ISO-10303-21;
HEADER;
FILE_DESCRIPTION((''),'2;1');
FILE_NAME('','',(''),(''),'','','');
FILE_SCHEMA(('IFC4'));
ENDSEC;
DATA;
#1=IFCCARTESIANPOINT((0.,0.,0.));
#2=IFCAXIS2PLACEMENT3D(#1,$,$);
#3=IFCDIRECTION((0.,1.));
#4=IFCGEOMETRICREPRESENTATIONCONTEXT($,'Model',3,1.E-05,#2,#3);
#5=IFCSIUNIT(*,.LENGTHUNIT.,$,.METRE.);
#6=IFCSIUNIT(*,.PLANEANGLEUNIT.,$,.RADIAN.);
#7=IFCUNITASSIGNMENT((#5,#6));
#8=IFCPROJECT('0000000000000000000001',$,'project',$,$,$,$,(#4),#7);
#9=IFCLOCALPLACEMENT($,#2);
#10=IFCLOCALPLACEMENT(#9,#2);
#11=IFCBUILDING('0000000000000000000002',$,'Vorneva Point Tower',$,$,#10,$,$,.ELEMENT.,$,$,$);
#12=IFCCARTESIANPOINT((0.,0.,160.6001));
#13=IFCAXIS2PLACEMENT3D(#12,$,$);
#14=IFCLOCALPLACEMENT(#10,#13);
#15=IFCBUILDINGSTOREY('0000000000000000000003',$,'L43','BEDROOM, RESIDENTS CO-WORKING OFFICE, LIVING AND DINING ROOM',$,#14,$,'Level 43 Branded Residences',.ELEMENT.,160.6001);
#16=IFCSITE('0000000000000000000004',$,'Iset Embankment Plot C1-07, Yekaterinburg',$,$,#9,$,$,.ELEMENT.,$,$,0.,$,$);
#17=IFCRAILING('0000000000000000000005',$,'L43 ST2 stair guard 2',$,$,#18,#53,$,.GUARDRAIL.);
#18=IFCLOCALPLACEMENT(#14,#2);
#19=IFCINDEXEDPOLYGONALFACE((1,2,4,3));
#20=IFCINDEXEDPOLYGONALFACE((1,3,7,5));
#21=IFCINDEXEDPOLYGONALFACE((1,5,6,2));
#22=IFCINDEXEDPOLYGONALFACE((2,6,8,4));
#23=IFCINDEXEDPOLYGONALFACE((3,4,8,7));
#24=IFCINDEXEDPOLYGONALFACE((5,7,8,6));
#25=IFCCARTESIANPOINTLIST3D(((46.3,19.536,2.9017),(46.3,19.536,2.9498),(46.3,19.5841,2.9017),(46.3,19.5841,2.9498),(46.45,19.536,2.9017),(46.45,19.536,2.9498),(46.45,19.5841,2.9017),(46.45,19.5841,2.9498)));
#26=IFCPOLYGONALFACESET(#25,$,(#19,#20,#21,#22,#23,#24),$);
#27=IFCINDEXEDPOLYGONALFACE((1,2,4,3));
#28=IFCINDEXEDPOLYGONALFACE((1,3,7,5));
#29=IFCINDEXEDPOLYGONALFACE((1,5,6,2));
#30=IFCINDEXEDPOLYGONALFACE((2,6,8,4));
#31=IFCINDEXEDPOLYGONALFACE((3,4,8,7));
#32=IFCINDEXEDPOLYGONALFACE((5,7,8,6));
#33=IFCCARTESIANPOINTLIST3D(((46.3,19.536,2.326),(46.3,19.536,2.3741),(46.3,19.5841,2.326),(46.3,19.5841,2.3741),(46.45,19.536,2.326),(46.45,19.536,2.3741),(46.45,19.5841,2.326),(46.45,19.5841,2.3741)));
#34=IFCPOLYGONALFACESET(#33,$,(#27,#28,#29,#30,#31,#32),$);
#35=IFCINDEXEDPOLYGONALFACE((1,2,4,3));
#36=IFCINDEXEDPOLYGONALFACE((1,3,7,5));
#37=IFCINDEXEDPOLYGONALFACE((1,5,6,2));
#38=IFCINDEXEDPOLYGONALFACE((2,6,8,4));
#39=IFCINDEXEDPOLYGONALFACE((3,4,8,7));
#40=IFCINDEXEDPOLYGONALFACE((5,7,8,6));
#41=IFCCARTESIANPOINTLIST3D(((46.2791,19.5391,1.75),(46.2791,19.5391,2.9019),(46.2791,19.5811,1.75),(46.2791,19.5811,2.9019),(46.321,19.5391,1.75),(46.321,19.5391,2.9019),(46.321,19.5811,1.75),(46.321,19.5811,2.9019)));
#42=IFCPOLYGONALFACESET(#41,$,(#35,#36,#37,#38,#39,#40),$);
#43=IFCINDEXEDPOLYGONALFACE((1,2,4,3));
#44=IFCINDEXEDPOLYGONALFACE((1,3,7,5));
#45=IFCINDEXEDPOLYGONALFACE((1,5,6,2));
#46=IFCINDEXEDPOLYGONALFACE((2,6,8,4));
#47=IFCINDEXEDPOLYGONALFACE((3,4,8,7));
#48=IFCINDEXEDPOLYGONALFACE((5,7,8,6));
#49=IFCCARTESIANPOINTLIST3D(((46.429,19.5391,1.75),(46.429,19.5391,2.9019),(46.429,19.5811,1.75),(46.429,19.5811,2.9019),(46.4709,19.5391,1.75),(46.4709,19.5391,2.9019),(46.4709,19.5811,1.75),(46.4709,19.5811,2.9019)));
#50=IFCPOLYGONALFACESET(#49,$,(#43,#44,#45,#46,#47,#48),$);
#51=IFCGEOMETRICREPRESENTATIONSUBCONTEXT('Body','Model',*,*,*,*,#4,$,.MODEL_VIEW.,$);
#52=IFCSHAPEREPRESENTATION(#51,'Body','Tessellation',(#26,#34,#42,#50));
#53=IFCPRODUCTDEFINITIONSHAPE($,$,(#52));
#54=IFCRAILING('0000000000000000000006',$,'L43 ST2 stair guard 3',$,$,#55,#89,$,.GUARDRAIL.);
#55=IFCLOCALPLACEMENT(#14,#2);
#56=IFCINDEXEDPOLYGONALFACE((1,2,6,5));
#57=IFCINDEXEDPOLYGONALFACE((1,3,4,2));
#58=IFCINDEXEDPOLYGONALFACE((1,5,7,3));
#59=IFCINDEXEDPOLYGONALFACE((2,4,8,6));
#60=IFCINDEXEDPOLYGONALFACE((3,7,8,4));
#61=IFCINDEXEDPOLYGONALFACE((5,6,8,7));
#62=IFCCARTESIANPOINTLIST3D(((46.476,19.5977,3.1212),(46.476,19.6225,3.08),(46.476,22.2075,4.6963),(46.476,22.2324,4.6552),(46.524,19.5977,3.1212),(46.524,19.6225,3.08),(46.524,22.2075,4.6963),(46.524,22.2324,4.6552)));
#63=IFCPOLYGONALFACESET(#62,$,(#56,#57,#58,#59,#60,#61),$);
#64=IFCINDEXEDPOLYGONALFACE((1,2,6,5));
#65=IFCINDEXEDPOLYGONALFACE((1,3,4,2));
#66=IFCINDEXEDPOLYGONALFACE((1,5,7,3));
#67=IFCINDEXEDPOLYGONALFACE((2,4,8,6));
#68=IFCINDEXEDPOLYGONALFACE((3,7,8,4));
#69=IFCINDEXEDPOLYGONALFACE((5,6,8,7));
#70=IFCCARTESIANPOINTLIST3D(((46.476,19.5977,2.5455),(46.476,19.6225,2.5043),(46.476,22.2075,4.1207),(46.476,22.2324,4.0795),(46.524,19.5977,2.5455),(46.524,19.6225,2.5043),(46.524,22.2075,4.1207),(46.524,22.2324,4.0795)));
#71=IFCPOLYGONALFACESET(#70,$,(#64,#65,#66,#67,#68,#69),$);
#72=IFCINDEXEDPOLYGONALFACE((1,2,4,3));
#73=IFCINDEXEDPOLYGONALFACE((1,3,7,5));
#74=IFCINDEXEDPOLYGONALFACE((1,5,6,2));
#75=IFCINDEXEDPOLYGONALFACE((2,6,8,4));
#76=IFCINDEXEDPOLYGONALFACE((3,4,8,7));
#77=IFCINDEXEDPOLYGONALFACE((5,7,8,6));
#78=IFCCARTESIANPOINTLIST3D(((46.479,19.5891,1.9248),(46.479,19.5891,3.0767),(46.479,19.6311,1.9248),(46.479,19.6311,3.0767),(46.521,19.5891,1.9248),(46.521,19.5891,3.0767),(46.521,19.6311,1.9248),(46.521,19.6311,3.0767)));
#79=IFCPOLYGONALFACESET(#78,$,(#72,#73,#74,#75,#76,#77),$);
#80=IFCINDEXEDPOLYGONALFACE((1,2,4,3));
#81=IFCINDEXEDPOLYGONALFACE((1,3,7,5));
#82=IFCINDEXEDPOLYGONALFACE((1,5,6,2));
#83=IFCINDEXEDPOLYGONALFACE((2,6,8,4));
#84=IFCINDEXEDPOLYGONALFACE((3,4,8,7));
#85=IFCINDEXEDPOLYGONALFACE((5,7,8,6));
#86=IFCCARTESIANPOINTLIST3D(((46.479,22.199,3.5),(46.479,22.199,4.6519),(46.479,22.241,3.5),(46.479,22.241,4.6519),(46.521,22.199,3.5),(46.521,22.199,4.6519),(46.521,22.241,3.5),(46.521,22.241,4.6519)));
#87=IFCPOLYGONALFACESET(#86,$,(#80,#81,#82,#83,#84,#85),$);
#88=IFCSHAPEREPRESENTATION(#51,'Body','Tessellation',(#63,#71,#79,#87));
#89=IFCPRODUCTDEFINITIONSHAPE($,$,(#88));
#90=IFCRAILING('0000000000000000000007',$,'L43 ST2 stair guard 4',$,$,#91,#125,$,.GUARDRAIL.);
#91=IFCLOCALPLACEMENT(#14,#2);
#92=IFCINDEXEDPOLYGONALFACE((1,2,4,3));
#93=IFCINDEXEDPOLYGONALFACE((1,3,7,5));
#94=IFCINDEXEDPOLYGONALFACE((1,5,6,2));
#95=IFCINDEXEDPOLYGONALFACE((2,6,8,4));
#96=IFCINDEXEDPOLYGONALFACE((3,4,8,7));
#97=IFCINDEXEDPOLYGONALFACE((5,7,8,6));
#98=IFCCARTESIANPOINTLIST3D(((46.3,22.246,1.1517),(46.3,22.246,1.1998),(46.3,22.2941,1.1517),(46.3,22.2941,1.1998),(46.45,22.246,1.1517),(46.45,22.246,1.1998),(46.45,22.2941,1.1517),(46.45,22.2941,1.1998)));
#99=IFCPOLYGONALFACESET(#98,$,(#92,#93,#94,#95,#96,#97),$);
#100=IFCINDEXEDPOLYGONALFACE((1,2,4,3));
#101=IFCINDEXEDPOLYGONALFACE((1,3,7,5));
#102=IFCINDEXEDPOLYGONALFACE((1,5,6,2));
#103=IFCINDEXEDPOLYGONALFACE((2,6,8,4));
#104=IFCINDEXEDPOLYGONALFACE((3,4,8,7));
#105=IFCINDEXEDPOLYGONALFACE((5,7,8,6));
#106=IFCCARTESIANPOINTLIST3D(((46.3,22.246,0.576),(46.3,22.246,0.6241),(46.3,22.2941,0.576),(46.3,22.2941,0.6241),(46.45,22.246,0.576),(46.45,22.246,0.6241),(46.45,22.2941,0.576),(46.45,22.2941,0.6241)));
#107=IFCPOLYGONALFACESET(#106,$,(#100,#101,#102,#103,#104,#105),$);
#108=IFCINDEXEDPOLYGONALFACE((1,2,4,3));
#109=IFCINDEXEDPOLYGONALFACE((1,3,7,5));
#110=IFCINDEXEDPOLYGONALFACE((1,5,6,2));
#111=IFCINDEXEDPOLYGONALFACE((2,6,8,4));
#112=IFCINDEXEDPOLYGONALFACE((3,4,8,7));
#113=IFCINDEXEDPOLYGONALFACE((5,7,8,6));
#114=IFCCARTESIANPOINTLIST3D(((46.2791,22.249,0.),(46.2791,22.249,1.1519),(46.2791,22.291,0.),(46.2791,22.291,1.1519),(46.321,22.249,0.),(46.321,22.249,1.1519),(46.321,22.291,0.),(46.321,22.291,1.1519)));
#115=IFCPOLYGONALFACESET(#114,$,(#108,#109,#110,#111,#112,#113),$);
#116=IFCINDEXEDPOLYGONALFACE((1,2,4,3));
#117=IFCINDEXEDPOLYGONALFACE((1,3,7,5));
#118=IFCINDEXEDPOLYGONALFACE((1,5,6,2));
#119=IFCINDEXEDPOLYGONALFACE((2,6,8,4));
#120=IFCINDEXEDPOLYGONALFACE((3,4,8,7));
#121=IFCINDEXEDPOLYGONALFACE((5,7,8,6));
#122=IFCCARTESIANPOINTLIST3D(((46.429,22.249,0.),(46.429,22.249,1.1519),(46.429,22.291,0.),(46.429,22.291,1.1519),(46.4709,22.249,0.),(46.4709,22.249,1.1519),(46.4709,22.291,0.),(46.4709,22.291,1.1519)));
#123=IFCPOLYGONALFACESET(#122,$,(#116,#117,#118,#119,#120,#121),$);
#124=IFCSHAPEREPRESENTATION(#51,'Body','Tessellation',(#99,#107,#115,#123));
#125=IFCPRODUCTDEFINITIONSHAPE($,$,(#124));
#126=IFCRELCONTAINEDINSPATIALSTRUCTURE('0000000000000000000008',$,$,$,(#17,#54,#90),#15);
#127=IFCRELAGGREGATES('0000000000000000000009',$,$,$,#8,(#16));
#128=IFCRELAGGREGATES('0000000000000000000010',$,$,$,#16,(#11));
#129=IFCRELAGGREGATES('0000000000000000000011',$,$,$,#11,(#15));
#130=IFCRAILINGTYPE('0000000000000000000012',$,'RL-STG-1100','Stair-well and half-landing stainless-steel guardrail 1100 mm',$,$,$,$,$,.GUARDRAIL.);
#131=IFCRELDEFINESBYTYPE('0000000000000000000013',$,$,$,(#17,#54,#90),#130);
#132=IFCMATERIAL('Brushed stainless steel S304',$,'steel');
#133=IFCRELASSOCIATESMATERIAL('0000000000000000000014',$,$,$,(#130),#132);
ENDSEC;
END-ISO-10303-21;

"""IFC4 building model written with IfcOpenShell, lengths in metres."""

from ifc_helpers import new_model, si_unit, direction, frame, origin, origin_2d, place, context, subcontext, project, spatial, rectangle, extrude, material, type_object, element, save


model = new_model("IFC4")

# Units and contexts
model_context = context("Model", 3, precision=1e-05, world=origin(), true_north=direction((0.0, 1.0)))
body_context = subcontext(model_context, "Body", "Model", "MODEL_VIEW")
ifc_project = project(units=[si_unit("LENGTHUNIT", "METRE"), si_unit("PLANEANGLEUNIT", "RADIAN")], contexts=[model_context])

# Site, building, storey
site_placement = place(None, origin())
site = spatial("IfcSite", under=ifc_project, at=site_placement, Name="Iset Embankment Plot C1-07, Yekaterinburg", CompositionType="ELEMENT", RefElevation=0.0)
building_placement = place(site_placement, origin())
building = spatial("IfcBuilding", under=site, at=building_placement, Name="Vorneva Point Tower", CompositionType="ELEMENT")
storey_placement = place(building_placement, frame((0.0, 0.0, 160.6001)))
storey = spatial("IfcBuildingStorey", under=building, at=storey_placement, Name="L43", Description="BEDROOM, RESIDENTS CO-WORKING OFFICE, LIVING AND DINING ROOM", LongName="Level 43 Branded Residences", CompositionType="ELEMENT", Elevation=160.6001)

# Railings
ifc_material_1 = material(Name="Brushed stainless steel S304", Category="steel")
railing_type_1 = type_object("IfcRailingType", Name="RL-STG-1100", Description="Stair-well and half-landing stainless-steel guardrail 1100 mm", PredefinedType="GUARDRAIL", material=ifc_material_1)
railing_1_placement = place(storey_placement, frame((46.3, 19.5601, 1.75)))
element("IfcRailing", 1, at=railing_1_placement, inside=storey, type_object=railing_type_1, Name="L43 ST2 stair guard 2", PredefinedType="GUARDRAIL", context=body_context, shape_type="SweptSolid", body=[
    extrude(rectangle(XDim=0.0481, YDim=0.0481, at=origin_2d()), frame((0.0, 0.0, 1.1758), z_axis=(1.0, 0.0, 0.0), x_axis=(0.0, 1.0, 0.0)), (0.0, 0.0, 1.0), 0.1499),
    extrude(rectangle(XDim=0.0481, YDim=0.0481, at=origin_2d()), frame((0.0, 0.0, 0.6001), z_axis=(1.0, 0.0, 0.0), x_axis=(0.0, 1.0, 0.0)), (0.0, 0.0, 1.0), 0.1499),
    extrude(rectangle(XDim=0.042, YDim=0.042, at=origin_2d()), origin(), (0.0, 0.0, 1.0), 1.1519),
    extrude(rectangle(XDim=0.042, YDim=0.042, at=origin_2d()), frame((0.1499, 0.0, 0.0)), (0.0, 0.0, 1.0), 1.1519),
])
railing_2_placement = place(storey_placement, frame((46.5, 19.6101, 1.9248)))
element("IfcRailing", 2, at=railing_2_placement, inside=storey, type_object=railing_type_1, Name="L43 ST2 stair guard 3", PredefinedType="GUARDRAIL", context=body_context, shape_type="SweptSolid", body=[
    extrude(rectangle(XDim=0.0481, YDim=0.0481, at=origin_2d()), frame((0.0, 0.0, 1.1758), z_axis=(0.0, 0.856147, 0.516732), x_axis=(-1.0, 0.0, 0.0)), (0.0, 0.0, 1.0), 3.0483),
    extrude(rectangle(XDim=0.0481, YDim=0.0481, at=origin_2d()), frame((0.0, 0.0, 0.6001), z_axis=(0.0, 0.856147, 0.516732), x_axis=(-1.0, 0.0, 0.0)), (0.0, 0.0, 1.0), 3.0483),
    extrude(rectangle(XDim=0.042, YDim=0.042, at=origin_2d()), origin(), (0.0, 0.0, 1.0), 1.1519),
    extrude(rectangle(XDim=0.042, YDim=0.042, at=origin_2d()), frame((0.0, 2.6099, 1.5752)), (0.0, 0.0, 1.0), 1.1519),
])
railing_3_placement = place(storey_placement, frame((46.3, 22.27, 0.0)))
element("IfcRailing", 3, at=railing_3_placement, inside=storey, type_object=railing_type_1, Name="L43 ST2 stair guard 4", PredefinedType="GUARDRAIL", context=body_context, shape_type="SweptSolid", body=[
    extrude(rectangle(XDim=0.0481, YDim=0.0481, at=origin_2d()), frame((0.0, 0.0, 1.1758), z_axis=(1.0, 0.0, 0.0), x_axis=(0.0, 1.0, 0.0)), (0.0, 0.0, 1.0), 0.1499),
    extrude(rectangle(XDim=0.0481, YDim=0.0481, at=origin_2d()), frame((0.0, 0.0, 0.6001), z_axis=(1.0, 0.0, 0.0), x_axis=(0.0, 1.0, 0.0)), (0.0, 0.0, 1.0), 0.1499),
    extrude(rectangle(XDim=0.042, YDim=0.042, at=origin_2d()), origin(), (0.0, 0.0, 1.0), 1.1519),
    extrude(rectangle(XDim=0.042, YDim=0.042, at=origin_2d()), frame((0.1499, 0.0, 0.0)), (0.0, 0.0, 1.0), 1.1519),
])

save(model, "model.ifc")
